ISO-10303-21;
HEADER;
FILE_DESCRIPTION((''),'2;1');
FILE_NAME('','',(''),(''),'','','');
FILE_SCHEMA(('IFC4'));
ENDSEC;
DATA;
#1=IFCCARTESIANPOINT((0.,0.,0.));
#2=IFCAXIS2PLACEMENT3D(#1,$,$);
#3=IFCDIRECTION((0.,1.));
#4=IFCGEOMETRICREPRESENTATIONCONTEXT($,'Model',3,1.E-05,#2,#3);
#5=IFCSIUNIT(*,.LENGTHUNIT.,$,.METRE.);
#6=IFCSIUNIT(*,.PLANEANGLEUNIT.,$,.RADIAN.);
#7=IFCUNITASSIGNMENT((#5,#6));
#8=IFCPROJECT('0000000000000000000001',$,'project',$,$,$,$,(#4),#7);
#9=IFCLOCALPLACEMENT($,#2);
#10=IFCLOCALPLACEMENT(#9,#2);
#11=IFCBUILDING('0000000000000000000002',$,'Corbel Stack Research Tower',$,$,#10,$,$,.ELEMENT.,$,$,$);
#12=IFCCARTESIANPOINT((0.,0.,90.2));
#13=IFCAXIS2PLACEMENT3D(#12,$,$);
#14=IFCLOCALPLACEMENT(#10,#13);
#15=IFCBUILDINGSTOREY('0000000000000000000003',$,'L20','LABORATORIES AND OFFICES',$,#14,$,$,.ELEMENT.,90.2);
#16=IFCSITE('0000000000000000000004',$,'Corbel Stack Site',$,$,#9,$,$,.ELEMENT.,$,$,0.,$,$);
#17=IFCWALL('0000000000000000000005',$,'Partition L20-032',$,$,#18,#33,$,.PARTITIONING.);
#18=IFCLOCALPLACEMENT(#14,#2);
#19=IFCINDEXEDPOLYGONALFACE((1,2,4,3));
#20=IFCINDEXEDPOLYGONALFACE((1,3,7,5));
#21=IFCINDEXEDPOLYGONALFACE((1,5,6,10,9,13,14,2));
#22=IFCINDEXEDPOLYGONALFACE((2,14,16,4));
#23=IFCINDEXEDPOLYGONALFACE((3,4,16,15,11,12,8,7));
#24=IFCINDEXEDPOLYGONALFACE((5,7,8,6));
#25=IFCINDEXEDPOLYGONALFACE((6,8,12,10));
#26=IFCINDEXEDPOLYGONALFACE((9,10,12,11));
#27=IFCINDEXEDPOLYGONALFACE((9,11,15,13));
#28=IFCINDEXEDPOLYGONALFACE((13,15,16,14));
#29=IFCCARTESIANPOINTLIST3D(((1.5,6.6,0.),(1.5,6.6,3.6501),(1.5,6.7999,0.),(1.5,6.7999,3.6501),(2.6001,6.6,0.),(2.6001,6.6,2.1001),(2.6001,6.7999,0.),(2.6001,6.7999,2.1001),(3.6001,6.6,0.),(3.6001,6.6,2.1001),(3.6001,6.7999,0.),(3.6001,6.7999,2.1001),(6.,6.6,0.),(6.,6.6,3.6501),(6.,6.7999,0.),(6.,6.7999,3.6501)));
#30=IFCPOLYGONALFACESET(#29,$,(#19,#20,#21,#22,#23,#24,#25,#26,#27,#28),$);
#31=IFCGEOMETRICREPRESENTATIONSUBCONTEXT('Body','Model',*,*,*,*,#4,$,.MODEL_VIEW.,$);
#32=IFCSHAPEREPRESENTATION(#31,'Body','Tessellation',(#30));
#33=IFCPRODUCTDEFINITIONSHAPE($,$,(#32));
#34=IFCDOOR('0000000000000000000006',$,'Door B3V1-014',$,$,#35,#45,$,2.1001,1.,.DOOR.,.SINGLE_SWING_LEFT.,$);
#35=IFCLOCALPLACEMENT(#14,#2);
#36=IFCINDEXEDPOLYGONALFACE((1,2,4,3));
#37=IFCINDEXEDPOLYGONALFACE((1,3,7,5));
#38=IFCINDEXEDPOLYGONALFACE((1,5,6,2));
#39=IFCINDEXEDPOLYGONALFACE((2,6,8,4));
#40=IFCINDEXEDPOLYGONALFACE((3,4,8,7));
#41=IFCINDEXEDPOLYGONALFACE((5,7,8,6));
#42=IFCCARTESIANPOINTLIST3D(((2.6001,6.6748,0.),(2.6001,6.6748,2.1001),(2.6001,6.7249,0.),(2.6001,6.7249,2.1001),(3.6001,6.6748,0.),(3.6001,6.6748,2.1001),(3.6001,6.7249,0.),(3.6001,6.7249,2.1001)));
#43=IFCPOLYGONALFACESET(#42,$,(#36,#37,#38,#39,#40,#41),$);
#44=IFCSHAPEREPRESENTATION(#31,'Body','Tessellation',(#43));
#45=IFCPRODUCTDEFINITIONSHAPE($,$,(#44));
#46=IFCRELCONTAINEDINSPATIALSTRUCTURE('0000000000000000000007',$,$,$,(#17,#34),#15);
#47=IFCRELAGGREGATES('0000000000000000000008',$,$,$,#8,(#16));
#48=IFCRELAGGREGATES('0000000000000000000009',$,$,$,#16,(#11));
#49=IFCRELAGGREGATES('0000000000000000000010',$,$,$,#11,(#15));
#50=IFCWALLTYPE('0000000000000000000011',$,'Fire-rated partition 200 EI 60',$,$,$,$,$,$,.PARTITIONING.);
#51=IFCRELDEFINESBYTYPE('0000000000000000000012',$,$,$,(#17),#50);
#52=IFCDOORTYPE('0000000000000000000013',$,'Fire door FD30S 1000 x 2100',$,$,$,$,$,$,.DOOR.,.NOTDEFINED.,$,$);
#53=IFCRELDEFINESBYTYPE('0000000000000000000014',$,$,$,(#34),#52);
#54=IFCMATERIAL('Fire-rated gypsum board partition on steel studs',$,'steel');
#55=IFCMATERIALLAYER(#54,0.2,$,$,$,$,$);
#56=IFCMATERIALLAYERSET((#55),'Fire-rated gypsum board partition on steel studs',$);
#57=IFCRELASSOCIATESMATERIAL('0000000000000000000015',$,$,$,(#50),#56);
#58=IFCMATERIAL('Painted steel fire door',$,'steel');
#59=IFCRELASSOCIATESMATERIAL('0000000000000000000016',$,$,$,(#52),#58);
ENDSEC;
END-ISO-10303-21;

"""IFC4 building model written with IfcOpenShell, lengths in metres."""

from ifc_helpers import new_model, si_unit, direction, frame, frame_2d, origin, place, context, subcontext, project, spatial, rectangle, extrude, material, layer, layer_set, type_object, element, fill, save


model = new_model("IFC4")

# Units and contexts
model_context = context("Model", 3, precision=1e-05, world=origin(), true_north=direction((0.0, 1.0)))
body_context = subcontext(model_context, "Body", "Model", "MODEL_VIEW")
ifc_project = project(units=[si_unit("LENGTHUNIT", "METRE"), si_unit("PLANEANGLEUNIT", "RADIAN")], contexts=[model_context])

# Site, building, storey
site_placement = place(None, origin())
site = spatial("IfcSite", under=ifc_project, at=site_placement, Name="Corbel Stack Site", CompositionType="ELEMENT", RefElevation=0.0)
building_placement = place(site_placement, origin())
building = spatial("IfcBuilding", under=site, at=building_placement, Name="Corbel Stack Research Tower", CompositionType="ELEMENT")
storey_placement = place(building_placement, frame((0.0, 0.0, 90.2)))
storey = spatial("IfcBuildingStorey", under=building, at=storey_placement, Name="L20", Description="LABORATORIES AND OFFICES", CompositionType="ELEMENT", Elevation=90.2)

# Wall, opening, door
ifc_material_1 = material(Name="Fire-rated gypsum board partition on steel studs", Category="steel")
ifc_layer_1 = layer(ifc_material_1, 0.2)
ifc_layer_set_1 = layer_set([ifc_layer_1], Name="Fire-rated gypsum board partition on steel studs")
wall_type_1 = type_object("IfcWallType", Name="Fire-rated partition 200 EI 60", PredefinedType="PARTITIONING", material=ifc_layer_set_1)
wall_1_placement = place(storey_placement, frame((1.5, 6.7, 0.0), z_axis=(0.0, 0.0, 1.0), x_axis=(1.0, 0.0, 0.0)))
wall_1 = element("IfcWall", 1, at=wall_1_placement, inside=storey, type_object=wall_type_1, Name="Partition L20-032", PredefinedType="PARTITIONING", context=body_context, shape_type="SweptSolid", body=[
    extrude(rectangle(XDim=4.5, YDim=0.2, at=frame_2d((2.25, 0.0))), origin(), (0.0, 0.0, 1.0), 3.6501),
])
opening_1_placement = place(wall_1_placement, frame((1.1001, 0.0, 0.0)))
opening_1 = element("IfcOpeningElement", 2, at=opening_1_placement, cuts=wall_1, PredefinedType="OPENING", context=body_context, shape_type="SweptSolid", body=[
    extrude(rectangle(XDim=1.0, YDim=2.1001, at=frame_2d((0.5, 1.05))), frame((0.0, 0.1099, 0.0), z_axis=(0.0, -1.0, 0.0), x_axis=(1.0, 0.0, 0.0)), (0.0, 0.0, 1.0), 0.22),
])
ifc_material_2 = material(Name="Painted steel fire door", Category="steel")
door_type_1 = type_object("IfcDoorType", Name="Fire door FD30S 1000 x 2100", OperationType="NOTDEFINED", PredefinedType="DOOR", material=ifc_material_2)
door_1_placement = place(opening_1_placement, origin())
door_1 = element("IfcDoor", 3, at=door_1_placement, inside=storey, type_object=door_type_1, Name="Door B3V1-014", OperationType="SINGLE_SWING_LEFT", OverallHeight=2.1001, OverallWidth=1.0, PredefinedType="DOOR", context=body_context, shape_type="SweptSolid", body=[
    extrude(rectangle(XDim=1.0, YDim=2.1001, at=frame_2d((0.5, 1.05))), frame((0.0, 0.0249, 0.0), z_axis=(0.0, -1.0, 0.0), x_axis=(1.0, 0.0, 0.0)), (0.0, 0.0, 1.0), 0.05),
])
fill(opening_1, door_1)

save(model, "model.ifc")
